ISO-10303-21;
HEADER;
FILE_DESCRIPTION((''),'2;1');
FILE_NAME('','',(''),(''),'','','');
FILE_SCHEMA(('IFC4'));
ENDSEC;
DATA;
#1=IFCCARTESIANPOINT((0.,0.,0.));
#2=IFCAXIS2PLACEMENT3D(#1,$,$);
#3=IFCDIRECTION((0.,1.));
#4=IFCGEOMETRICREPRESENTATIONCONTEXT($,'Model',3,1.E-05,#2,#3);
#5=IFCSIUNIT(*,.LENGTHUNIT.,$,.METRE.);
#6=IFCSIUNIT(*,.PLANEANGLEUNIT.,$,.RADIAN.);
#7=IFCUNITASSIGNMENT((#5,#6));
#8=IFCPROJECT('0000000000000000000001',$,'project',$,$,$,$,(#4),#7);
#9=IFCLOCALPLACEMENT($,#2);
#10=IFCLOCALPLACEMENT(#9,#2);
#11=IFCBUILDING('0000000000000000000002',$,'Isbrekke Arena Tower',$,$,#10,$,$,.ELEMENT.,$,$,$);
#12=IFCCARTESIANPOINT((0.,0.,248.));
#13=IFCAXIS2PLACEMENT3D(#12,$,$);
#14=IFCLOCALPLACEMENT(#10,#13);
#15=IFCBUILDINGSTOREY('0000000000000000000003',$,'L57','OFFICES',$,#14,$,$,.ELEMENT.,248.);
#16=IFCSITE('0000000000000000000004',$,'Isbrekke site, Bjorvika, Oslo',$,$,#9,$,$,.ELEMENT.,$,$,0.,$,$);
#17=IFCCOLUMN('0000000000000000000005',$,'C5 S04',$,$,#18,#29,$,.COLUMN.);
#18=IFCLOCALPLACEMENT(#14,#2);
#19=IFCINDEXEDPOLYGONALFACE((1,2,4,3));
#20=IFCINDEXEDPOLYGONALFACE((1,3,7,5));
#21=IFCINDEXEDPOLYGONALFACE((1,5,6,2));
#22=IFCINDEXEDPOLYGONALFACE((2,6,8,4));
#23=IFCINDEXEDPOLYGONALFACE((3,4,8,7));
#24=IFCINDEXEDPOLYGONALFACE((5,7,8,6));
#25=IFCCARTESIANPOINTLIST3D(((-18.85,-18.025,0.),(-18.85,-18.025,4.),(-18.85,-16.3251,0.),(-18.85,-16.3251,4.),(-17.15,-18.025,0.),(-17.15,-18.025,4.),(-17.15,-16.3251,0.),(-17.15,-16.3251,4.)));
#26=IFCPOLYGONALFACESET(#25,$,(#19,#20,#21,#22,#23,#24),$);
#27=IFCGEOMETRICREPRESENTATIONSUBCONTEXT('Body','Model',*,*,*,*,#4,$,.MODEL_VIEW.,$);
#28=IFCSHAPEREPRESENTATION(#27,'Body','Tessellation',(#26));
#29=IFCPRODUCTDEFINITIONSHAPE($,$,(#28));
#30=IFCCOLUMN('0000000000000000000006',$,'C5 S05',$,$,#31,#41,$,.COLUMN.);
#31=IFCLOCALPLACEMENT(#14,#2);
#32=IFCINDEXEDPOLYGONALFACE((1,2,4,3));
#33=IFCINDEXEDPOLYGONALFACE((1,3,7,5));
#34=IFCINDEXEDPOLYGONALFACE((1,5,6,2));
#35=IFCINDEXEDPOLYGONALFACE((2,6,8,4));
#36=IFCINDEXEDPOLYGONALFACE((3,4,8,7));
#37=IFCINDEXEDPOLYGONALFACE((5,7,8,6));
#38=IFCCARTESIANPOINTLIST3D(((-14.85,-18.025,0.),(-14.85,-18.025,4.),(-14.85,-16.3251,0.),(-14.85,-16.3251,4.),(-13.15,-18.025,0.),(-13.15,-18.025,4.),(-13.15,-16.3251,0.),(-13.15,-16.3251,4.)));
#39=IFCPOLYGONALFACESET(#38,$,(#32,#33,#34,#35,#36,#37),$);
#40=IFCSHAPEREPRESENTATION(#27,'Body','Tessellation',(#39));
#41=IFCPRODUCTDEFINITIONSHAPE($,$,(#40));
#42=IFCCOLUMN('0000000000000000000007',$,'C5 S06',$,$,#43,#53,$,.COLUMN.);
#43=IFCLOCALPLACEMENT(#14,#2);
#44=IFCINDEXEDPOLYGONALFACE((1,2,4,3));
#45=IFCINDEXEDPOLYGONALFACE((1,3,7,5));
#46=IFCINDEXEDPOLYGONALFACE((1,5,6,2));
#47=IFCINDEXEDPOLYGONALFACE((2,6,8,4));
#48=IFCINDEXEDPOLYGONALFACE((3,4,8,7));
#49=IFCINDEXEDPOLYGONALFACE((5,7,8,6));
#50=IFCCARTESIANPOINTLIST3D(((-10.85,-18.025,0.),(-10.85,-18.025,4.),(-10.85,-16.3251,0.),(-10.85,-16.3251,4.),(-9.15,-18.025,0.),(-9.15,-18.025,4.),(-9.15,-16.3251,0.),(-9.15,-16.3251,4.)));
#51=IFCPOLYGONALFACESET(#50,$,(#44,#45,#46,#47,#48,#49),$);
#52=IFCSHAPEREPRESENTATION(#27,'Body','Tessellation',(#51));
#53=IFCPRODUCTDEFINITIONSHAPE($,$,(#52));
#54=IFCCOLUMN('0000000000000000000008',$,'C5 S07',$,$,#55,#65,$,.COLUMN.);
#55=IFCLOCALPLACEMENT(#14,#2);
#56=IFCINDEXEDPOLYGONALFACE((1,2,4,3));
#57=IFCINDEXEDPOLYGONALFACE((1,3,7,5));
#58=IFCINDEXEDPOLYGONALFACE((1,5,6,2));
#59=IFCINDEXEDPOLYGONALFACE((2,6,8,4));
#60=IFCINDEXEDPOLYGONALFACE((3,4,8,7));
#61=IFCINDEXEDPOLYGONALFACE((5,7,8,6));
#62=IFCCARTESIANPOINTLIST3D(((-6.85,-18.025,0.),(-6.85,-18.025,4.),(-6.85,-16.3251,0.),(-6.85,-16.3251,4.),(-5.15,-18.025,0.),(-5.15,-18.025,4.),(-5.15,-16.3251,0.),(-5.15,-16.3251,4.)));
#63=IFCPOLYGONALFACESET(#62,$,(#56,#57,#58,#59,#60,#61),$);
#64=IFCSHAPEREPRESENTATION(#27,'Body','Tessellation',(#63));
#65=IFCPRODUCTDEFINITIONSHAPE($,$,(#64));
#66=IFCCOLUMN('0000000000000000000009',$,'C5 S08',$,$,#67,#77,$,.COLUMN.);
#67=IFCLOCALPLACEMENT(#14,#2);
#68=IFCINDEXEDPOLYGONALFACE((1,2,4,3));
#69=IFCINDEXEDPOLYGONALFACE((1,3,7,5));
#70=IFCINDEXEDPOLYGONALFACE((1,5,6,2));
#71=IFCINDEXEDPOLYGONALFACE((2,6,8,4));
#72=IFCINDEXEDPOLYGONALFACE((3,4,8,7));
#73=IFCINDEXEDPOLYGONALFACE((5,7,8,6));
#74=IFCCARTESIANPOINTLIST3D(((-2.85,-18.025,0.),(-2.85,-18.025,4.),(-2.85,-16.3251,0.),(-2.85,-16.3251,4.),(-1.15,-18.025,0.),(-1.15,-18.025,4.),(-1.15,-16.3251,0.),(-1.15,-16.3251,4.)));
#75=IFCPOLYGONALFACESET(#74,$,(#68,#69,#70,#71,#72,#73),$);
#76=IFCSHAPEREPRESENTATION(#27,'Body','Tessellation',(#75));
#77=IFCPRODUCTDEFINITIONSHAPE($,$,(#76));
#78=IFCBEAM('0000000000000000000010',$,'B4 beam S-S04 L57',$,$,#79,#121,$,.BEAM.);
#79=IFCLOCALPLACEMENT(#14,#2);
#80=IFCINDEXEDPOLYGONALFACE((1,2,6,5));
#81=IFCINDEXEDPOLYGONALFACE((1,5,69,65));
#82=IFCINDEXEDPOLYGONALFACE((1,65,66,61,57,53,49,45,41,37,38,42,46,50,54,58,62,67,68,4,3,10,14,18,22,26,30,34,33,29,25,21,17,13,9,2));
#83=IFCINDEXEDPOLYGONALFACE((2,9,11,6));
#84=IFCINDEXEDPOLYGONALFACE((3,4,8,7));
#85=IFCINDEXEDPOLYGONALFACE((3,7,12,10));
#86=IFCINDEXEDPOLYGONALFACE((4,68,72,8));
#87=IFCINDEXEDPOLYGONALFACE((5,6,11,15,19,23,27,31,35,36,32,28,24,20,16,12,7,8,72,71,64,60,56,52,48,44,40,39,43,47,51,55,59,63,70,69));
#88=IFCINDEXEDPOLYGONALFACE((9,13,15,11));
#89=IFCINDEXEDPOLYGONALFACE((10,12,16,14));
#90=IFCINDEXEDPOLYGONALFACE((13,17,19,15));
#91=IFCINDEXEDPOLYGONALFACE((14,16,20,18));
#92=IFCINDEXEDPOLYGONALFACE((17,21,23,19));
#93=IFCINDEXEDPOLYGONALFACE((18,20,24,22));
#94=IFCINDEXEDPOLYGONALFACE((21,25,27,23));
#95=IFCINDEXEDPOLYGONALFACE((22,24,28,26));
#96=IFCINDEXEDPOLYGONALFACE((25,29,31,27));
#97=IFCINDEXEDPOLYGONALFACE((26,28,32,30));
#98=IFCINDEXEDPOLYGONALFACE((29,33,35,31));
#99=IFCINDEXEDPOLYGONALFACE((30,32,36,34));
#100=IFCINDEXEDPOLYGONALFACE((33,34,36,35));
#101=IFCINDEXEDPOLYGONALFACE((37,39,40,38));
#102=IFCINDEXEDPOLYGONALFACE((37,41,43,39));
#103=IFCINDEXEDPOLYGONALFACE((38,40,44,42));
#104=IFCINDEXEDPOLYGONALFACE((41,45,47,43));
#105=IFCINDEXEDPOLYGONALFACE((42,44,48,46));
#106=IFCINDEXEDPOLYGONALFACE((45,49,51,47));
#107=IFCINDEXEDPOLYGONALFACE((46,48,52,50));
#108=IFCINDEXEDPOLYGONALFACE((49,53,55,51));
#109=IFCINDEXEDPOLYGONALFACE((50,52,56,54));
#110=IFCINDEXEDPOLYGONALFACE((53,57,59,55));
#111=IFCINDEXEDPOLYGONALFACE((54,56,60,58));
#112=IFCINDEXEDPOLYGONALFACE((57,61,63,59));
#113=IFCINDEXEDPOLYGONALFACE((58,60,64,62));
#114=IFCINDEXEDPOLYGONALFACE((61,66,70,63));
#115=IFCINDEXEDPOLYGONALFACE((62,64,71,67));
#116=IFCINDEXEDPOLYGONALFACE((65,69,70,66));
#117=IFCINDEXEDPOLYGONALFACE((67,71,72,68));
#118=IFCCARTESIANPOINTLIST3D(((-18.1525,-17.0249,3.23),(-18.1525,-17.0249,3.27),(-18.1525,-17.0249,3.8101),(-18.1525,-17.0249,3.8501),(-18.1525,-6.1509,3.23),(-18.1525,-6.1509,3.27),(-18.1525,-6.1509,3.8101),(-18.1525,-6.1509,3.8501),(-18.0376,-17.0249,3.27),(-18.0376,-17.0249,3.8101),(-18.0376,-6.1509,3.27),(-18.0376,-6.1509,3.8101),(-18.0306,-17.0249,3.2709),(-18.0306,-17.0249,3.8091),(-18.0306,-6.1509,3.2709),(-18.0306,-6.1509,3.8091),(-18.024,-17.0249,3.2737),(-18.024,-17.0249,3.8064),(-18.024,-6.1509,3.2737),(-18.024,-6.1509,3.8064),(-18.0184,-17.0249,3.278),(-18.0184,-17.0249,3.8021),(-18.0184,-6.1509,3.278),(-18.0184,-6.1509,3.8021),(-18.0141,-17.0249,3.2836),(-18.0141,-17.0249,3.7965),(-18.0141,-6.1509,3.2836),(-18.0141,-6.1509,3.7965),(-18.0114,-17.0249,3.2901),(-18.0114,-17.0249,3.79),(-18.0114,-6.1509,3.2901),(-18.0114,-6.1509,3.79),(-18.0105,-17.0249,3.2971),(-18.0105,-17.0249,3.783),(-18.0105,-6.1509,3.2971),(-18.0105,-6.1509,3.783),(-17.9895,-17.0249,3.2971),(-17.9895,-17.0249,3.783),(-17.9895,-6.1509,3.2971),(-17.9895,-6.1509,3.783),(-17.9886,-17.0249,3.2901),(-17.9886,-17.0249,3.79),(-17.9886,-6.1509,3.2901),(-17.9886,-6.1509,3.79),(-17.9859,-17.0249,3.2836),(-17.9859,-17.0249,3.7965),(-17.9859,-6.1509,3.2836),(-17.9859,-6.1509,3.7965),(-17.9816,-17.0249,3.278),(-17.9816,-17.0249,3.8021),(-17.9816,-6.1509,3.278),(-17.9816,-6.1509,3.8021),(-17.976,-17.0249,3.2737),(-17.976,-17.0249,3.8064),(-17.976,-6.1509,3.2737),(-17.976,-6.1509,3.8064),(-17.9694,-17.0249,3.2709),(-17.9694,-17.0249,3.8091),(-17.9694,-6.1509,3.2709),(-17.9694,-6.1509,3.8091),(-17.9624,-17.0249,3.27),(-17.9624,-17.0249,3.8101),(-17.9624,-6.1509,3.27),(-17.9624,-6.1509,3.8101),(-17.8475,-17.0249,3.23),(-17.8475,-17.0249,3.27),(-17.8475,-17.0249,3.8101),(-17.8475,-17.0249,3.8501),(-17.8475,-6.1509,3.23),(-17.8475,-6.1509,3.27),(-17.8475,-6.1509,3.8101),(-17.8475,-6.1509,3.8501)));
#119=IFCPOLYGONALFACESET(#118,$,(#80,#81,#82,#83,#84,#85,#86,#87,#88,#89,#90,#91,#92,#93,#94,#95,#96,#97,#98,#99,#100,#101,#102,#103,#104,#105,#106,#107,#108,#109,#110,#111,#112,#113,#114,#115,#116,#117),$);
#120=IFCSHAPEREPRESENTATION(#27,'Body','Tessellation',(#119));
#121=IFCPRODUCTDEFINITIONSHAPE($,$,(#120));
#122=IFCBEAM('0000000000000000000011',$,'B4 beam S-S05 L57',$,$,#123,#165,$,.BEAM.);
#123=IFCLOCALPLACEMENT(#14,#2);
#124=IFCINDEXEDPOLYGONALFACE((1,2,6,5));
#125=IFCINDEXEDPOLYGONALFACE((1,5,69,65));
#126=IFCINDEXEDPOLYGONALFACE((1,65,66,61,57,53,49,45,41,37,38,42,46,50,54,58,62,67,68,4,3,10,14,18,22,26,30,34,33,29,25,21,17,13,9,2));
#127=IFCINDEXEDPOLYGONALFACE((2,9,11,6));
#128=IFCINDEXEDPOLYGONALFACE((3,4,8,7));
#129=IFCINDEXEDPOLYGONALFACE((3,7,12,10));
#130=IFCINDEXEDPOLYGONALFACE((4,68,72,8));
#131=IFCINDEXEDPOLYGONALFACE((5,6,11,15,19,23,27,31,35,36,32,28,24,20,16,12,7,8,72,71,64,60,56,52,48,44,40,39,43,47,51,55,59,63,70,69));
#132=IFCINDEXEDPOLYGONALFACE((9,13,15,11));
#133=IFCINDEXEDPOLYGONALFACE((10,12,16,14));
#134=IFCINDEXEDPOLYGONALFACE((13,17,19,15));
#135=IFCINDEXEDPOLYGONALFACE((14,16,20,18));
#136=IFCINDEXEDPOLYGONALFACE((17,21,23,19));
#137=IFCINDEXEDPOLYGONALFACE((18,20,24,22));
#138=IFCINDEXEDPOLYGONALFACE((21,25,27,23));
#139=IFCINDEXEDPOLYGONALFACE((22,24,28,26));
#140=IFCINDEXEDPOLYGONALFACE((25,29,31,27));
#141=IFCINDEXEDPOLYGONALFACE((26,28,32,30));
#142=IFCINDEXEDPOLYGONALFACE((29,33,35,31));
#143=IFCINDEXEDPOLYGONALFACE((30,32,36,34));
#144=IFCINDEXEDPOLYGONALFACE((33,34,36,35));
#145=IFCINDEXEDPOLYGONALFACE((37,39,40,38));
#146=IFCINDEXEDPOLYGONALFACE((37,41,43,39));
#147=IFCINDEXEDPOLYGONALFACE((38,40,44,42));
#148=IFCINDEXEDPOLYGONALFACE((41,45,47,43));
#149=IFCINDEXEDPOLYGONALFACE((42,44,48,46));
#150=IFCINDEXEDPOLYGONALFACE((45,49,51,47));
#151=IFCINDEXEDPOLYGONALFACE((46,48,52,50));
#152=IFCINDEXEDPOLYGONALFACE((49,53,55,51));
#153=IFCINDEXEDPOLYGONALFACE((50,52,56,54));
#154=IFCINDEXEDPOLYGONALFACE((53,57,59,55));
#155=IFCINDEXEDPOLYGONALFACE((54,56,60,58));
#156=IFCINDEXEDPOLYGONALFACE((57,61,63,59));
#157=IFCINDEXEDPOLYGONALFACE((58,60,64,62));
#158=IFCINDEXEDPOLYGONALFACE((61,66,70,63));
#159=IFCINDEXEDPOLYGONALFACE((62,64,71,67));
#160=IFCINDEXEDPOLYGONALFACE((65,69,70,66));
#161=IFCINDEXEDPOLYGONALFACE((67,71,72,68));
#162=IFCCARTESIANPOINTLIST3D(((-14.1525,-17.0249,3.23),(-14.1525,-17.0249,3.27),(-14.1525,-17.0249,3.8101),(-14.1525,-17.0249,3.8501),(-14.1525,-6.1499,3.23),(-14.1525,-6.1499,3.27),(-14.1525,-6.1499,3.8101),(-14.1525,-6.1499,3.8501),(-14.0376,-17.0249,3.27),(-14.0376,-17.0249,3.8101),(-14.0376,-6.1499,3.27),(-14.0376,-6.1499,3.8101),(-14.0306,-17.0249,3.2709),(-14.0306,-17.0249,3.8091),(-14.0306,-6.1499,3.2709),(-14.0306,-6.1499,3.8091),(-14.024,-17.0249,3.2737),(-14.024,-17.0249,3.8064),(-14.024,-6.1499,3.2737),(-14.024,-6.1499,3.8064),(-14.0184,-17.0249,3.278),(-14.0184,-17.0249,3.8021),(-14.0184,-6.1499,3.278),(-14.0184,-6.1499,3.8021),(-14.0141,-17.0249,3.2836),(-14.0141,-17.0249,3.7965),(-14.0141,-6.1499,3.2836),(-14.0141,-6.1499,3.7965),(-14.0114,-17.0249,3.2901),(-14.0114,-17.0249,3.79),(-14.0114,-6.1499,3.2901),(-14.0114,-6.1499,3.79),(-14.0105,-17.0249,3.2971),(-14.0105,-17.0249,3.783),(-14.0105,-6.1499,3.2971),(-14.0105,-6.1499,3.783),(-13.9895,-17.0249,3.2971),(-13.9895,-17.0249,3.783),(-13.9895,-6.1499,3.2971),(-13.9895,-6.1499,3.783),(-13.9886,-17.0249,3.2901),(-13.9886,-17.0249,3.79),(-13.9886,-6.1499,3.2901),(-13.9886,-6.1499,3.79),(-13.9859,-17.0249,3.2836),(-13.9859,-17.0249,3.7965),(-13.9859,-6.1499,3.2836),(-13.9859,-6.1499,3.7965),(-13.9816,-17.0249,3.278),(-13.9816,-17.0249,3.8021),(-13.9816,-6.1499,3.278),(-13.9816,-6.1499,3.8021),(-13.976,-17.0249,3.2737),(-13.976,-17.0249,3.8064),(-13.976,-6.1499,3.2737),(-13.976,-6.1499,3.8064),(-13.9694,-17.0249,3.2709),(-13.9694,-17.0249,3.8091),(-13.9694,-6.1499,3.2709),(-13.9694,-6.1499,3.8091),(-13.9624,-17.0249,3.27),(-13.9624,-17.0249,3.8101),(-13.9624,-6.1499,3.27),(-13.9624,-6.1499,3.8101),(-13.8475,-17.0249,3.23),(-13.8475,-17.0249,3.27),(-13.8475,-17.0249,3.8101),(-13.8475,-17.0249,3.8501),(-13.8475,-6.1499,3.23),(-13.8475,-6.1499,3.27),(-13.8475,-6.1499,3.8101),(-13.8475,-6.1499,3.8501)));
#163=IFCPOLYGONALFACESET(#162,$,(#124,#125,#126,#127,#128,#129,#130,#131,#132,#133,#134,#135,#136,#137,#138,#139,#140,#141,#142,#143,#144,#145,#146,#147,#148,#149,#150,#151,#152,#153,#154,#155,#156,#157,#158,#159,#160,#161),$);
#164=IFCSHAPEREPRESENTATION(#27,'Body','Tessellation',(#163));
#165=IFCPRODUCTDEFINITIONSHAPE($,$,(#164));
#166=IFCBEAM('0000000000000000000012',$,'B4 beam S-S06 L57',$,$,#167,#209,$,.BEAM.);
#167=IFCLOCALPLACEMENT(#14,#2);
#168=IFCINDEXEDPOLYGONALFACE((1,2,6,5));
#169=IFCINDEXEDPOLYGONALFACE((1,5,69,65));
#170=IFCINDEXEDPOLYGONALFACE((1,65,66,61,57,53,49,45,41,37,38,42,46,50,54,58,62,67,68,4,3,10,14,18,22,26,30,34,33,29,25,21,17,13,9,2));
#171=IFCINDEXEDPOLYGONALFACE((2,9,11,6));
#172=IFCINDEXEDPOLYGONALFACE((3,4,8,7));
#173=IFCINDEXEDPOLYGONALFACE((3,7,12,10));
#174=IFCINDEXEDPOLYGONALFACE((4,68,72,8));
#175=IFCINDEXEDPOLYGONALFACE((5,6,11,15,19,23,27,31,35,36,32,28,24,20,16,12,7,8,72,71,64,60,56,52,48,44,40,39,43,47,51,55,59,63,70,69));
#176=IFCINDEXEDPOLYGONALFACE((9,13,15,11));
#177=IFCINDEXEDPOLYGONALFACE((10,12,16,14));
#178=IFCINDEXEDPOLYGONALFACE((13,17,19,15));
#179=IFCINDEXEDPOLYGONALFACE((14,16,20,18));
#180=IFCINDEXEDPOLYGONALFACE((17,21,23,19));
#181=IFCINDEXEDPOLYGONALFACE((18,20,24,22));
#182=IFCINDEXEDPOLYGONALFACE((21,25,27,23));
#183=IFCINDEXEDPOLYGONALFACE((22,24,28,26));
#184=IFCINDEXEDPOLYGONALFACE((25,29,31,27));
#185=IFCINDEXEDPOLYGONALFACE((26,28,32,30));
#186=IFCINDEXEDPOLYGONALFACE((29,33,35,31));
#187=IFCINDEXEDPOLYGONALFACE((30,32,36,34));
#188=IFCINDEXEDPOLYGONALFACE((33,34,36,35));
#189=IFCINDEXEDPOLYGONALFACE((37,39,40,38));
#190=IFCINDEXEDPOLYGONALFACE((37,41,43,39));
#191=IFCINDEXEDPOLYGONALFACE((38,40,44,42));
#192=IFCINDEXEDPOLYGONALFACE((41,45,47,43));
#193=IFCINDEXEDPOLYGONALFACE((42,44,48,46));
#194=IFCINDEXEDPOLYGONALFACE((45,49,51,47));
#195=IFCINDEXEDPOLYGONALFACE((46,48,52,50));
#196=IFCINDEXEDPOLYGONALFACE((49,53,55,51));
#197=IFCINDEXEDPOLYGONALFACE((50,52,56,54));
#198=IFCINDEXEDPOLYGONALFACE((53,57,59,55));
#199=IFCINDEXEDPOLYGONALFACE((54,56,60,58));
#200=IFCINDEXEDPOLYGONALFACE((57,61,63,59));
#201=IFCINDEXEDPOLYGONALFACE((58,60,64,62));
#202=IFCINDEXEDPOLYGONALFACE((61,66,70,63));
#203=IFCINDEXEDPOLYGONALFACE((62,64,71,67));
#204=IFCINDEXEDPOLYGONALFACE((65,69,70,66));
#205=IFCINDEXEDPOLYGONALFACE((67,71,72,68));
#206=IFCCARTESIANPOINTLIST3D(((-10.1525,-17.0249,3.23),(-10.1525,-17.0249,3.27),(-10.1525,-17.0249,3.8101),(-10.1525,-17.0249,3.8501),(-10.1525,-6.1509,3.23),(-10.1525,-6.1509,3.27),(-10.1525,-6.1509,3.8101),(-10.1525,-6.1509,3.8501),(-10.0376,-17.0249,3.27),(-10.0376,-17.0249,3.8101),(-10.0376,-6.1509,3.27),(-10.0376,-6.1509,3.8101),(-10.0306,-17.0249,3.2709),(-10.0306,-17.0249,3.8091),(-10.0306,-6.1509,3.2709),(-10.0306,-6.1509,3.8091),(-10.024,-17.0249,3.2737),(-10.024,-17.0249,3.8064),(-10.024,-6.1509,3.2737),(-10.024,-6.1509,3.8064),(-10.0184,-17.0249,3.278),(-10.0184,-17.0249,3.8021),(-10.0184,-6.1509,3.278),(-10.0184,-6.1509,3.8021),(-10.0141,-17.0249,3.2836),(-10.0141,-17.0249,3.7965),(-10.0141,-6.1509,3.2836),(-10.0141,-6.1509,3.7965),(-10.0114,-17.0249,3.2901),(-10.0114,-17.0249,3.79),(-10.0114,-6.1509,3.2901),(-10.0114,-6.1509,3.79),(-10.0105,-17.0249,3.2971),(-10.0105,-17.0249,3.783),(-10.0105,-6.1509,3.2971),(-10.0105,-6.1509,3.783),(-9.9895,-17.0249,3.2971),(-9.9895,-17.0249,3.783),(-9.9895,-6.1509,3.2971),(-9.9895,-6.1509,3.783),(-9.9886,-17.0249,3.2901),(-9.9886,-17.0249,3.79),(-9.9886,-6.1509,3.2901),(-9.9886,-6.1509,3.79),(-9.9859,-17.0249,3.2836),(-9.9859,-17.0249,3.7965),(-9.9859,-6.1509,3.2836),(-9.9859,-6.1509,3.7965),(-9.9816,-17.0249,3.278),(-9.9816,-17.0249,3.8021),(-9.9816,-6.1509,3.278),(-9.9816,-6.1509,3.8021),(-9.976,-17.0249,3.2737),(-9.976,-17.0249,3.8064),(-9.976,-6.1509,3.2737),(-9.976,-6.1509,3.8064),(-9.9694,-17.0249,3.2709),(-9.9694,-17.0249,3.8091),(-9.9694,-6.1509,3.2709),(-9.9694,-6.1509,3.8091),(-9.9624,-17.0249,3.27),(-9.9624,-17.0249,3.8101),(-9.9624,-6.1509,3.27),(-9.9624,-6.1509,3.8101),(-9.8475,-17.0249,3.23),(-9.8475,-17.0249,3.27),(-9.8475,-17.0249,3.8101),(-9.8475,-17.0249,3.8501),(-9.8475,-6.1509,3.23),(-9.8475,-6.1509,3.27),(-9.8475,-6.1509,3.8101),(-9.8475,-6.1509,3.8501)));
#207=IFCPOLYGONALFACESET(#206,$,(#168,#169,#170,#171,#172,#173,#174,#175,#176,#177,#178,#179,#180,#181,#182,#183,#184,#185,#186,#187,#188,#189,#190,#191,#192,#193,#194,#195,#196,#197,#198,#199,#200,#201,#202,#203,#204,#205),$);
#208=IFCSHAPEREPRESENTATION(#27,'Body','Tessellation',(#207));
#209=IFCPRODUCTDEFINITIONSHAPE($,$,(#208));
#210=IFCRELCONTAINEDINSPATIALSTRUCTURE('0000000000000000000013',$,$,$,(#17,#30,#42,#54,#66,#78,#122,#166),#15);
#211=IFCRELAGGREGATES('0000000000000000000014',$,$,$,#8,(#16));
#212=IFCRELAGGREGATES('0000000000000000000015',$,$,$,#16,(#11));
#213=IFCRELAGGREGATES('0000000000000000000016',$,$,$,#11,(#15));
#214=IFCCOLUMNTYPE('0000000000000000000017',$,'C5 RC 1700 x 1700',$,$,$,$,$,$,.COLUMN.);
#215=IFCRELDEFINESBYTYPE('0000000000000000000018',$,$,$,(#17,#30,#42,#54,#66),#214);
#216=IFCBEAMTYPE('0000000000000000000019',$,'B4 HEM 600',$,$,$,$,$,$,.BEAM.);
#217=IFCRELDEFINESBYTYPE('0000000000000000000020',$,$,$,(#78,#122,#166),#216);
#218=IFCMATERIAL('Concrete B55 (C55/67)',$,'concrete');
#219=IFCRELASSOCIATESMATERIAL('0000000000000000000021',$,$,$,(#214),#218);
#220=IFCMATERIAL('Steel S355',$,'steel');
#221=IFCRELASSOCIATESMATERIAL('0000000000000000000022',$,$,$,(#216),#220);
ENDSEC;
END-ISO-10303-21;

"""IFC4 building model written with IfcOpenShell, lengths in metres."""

from ifc_helpers import new_model, si_unit, direction, frame, origin, origin_2d, place, context, subcontext, project, spatial, rectangle, i_section, extrude, material, material_profile, profile_set, type_object, element, save


model = new_model("IFC4")

# Units and contexts
model_context = context("Model", 3, precision=1e-05, world=origin(), true_north=direction((0.0, 1.0)))
body_context = subcontext(model_context, "Body", "Model", "MODEL_VIEW")
ifc_project = project(units=[si_unit("LENGTHUNIT", "METRE"), si_unit("PLANEANGLEUNIT", "RADIAN")], contexts=[model_context])

# Site, building, storey
site_placement = place(None, origin())
site = spatial("IfcSite", under=ifc_project, at=site_placement, Name="Isbrekke site, Bjorvika, Oslo", CompositionType="ELEMENT", RefElevation=0.0)
building_placement = place(site_placement, origin())
building = spatial("IfcBuilding", under=site, at=building_placement, Name="Isbrekke Arena Tower", CompositionType="ELEMENT")
storey_placement = place(building_placement, frame((0.0, 0.0, 248.0)))
storey = spatial("IfcBuildingStorey", under=building, at=storey_placement, Name="L57", Description="OFFICES", CompositionType="ELEMENT", Elevation=248.0)

# Columns
ifc_material_1 = material(Name="Concrete B55 (C55/67)", Category="concrete")
ifc_material_profile_1 = material_profile(ifc_material_1, rectangle(XDim=1.7, YDim=1.7, at=origin_2d()), Name="RC 1700x1700")
ifc_profile_set_1 = profile_set([ifc_material_profile_1], Name="Concrete B55 (C55/67)")
column_type = type_object("IfcColumnType", Name="C5 RC 1700 x 1700", PredefinedType="COLUMN", material=ifc_profile_set_1)
for number, where, z_axis, x_axis, name in (
    (1, (-18.0, -17.175, 0.0), (0.0, 0.0, 1.0), (1.0, 0.0, 0.0), "C5 S04"),
    (2, (-14.0, -17.175, 0.0), (0.0, 0.0, 1.0), (1.0, 0.0, 0.0), "C5 S05"),
    (3, (-10.0, -17.175, 0.0), (0.0, 0.0, 1.0), (1.0, 0.0, 0.0), "C5 S06"),
    (4, (-6.0, -17.175, 0.0), (0.0, 0.0, 1.0), (1.0, 0.0, 0.0), "C5 S07"),
    (5, (-2.0, -17.175, 0.0), (0.0, 0.0, 1.0), (1.0, 0.0, 0.0), "C5 S08"),
):
    element("IfcColumn", number, at=place(storey_placement, frame(where, z_axis=z_axis, x_axis=x_axis)), inside=storey, type_object=column_type, Name=name, PredefinedType="COLUMN", context=body_context, shape_type="SweptSolid", body=[
        extrude(rectangle(XDim=1.7, YDim=1.7, at=origin_2d()), origin(), (0.0, 0.0, 1.0), 4.0),
    ])

# Beams
ifc_material_2 = material(Name="Steel S355", Category="steel")
ifc_material_profile_2 = material_profile(ifc_material_2, i_section(OverallWidth=0.3049, OverallDepth=0.6201, WebThickness=0.021, FlangeThickness=0.04, FilletRadius=0.0271, at=origin_2d()), Name="HEM 600")
ifc_profile_set_2 = profile_set([ifc_material_profile_2], Name="Steel S355")
beam_type_1 = type_object("IfcBeamType", Name="B4 HEM 600", PredefinedType="BEAM", material=ifc_profile_set_2)
beam_1_placement = place(storey_placement, frame((-18.0, -17.0249, 3.54), z_axis=(0.0, 1.0, 0.0), x_axis=(-1.0, 0.0, 0.0)))
element("IfcBeam", 6, at=beam_1_placement, inside=storey, type_object=beam_type_1, Name="B4 beam S-S04 L57", PredefinedType="BEAM", context=body_context, shape_type="SweptSolid", body=[
    extrude(i_section(OverallWidth=0.3049, OverallDepth=0.6201, WebThickness=0.021, FlangeThickness=0.04, FilletRadius=0.0271, at=origin_2d()), origin(), (0.0, 0.0, 1.0), 10.874),
])
beam_2_placement = place(storey_placement, frame((-14.0, -17.0249, 3.54), z_axis=(0.0, 1.0, 0.0), x_axis=(-1.0, 0.0, 0.0)))
element("IfcBeam", 7, at=beam_2_placement, inside=storey, type_object=beam_type_1, Name="B4 beam S-S05 L57", PredefinedType="BEAM", context=body_context, shape_type="SweptSolid", body=[
    extrude(i_section(OverallWidth=0.3049, OverallDepth=0.6201, WebThickness=0.021, FlangeThickness=0.04, FilletRadius=0.0271, at=origin_2d()), origin(), (0.0, 0.0, 1.0), 10.875),
])
beam_3_placement = place(storey_placement, frame((-10.0, -17.0249, 3.54), z_axis=(0.0, 1.0, 0.0), x_axis=(-1.0, 0.0, 0.0)))
element("IfcBeam", 8, at=beam_3_placement, inside=storey, type_object=beam_type_1, Name="B4 beam S-S06 L57", PredefinedType="BEAM", context=body_context, shape_type="SweptSolid", body=[
    extrude(i_section(OverallWidth=0.3049, OverallDepth=0.6201, WebThickness=0.021, FlangeThickness=0.04, FilletRadius=0.0271, at=origin_2d()), origin(), (0.0, 0.0, 1.0), 10.874),
])

save(model, "model.ifc")
